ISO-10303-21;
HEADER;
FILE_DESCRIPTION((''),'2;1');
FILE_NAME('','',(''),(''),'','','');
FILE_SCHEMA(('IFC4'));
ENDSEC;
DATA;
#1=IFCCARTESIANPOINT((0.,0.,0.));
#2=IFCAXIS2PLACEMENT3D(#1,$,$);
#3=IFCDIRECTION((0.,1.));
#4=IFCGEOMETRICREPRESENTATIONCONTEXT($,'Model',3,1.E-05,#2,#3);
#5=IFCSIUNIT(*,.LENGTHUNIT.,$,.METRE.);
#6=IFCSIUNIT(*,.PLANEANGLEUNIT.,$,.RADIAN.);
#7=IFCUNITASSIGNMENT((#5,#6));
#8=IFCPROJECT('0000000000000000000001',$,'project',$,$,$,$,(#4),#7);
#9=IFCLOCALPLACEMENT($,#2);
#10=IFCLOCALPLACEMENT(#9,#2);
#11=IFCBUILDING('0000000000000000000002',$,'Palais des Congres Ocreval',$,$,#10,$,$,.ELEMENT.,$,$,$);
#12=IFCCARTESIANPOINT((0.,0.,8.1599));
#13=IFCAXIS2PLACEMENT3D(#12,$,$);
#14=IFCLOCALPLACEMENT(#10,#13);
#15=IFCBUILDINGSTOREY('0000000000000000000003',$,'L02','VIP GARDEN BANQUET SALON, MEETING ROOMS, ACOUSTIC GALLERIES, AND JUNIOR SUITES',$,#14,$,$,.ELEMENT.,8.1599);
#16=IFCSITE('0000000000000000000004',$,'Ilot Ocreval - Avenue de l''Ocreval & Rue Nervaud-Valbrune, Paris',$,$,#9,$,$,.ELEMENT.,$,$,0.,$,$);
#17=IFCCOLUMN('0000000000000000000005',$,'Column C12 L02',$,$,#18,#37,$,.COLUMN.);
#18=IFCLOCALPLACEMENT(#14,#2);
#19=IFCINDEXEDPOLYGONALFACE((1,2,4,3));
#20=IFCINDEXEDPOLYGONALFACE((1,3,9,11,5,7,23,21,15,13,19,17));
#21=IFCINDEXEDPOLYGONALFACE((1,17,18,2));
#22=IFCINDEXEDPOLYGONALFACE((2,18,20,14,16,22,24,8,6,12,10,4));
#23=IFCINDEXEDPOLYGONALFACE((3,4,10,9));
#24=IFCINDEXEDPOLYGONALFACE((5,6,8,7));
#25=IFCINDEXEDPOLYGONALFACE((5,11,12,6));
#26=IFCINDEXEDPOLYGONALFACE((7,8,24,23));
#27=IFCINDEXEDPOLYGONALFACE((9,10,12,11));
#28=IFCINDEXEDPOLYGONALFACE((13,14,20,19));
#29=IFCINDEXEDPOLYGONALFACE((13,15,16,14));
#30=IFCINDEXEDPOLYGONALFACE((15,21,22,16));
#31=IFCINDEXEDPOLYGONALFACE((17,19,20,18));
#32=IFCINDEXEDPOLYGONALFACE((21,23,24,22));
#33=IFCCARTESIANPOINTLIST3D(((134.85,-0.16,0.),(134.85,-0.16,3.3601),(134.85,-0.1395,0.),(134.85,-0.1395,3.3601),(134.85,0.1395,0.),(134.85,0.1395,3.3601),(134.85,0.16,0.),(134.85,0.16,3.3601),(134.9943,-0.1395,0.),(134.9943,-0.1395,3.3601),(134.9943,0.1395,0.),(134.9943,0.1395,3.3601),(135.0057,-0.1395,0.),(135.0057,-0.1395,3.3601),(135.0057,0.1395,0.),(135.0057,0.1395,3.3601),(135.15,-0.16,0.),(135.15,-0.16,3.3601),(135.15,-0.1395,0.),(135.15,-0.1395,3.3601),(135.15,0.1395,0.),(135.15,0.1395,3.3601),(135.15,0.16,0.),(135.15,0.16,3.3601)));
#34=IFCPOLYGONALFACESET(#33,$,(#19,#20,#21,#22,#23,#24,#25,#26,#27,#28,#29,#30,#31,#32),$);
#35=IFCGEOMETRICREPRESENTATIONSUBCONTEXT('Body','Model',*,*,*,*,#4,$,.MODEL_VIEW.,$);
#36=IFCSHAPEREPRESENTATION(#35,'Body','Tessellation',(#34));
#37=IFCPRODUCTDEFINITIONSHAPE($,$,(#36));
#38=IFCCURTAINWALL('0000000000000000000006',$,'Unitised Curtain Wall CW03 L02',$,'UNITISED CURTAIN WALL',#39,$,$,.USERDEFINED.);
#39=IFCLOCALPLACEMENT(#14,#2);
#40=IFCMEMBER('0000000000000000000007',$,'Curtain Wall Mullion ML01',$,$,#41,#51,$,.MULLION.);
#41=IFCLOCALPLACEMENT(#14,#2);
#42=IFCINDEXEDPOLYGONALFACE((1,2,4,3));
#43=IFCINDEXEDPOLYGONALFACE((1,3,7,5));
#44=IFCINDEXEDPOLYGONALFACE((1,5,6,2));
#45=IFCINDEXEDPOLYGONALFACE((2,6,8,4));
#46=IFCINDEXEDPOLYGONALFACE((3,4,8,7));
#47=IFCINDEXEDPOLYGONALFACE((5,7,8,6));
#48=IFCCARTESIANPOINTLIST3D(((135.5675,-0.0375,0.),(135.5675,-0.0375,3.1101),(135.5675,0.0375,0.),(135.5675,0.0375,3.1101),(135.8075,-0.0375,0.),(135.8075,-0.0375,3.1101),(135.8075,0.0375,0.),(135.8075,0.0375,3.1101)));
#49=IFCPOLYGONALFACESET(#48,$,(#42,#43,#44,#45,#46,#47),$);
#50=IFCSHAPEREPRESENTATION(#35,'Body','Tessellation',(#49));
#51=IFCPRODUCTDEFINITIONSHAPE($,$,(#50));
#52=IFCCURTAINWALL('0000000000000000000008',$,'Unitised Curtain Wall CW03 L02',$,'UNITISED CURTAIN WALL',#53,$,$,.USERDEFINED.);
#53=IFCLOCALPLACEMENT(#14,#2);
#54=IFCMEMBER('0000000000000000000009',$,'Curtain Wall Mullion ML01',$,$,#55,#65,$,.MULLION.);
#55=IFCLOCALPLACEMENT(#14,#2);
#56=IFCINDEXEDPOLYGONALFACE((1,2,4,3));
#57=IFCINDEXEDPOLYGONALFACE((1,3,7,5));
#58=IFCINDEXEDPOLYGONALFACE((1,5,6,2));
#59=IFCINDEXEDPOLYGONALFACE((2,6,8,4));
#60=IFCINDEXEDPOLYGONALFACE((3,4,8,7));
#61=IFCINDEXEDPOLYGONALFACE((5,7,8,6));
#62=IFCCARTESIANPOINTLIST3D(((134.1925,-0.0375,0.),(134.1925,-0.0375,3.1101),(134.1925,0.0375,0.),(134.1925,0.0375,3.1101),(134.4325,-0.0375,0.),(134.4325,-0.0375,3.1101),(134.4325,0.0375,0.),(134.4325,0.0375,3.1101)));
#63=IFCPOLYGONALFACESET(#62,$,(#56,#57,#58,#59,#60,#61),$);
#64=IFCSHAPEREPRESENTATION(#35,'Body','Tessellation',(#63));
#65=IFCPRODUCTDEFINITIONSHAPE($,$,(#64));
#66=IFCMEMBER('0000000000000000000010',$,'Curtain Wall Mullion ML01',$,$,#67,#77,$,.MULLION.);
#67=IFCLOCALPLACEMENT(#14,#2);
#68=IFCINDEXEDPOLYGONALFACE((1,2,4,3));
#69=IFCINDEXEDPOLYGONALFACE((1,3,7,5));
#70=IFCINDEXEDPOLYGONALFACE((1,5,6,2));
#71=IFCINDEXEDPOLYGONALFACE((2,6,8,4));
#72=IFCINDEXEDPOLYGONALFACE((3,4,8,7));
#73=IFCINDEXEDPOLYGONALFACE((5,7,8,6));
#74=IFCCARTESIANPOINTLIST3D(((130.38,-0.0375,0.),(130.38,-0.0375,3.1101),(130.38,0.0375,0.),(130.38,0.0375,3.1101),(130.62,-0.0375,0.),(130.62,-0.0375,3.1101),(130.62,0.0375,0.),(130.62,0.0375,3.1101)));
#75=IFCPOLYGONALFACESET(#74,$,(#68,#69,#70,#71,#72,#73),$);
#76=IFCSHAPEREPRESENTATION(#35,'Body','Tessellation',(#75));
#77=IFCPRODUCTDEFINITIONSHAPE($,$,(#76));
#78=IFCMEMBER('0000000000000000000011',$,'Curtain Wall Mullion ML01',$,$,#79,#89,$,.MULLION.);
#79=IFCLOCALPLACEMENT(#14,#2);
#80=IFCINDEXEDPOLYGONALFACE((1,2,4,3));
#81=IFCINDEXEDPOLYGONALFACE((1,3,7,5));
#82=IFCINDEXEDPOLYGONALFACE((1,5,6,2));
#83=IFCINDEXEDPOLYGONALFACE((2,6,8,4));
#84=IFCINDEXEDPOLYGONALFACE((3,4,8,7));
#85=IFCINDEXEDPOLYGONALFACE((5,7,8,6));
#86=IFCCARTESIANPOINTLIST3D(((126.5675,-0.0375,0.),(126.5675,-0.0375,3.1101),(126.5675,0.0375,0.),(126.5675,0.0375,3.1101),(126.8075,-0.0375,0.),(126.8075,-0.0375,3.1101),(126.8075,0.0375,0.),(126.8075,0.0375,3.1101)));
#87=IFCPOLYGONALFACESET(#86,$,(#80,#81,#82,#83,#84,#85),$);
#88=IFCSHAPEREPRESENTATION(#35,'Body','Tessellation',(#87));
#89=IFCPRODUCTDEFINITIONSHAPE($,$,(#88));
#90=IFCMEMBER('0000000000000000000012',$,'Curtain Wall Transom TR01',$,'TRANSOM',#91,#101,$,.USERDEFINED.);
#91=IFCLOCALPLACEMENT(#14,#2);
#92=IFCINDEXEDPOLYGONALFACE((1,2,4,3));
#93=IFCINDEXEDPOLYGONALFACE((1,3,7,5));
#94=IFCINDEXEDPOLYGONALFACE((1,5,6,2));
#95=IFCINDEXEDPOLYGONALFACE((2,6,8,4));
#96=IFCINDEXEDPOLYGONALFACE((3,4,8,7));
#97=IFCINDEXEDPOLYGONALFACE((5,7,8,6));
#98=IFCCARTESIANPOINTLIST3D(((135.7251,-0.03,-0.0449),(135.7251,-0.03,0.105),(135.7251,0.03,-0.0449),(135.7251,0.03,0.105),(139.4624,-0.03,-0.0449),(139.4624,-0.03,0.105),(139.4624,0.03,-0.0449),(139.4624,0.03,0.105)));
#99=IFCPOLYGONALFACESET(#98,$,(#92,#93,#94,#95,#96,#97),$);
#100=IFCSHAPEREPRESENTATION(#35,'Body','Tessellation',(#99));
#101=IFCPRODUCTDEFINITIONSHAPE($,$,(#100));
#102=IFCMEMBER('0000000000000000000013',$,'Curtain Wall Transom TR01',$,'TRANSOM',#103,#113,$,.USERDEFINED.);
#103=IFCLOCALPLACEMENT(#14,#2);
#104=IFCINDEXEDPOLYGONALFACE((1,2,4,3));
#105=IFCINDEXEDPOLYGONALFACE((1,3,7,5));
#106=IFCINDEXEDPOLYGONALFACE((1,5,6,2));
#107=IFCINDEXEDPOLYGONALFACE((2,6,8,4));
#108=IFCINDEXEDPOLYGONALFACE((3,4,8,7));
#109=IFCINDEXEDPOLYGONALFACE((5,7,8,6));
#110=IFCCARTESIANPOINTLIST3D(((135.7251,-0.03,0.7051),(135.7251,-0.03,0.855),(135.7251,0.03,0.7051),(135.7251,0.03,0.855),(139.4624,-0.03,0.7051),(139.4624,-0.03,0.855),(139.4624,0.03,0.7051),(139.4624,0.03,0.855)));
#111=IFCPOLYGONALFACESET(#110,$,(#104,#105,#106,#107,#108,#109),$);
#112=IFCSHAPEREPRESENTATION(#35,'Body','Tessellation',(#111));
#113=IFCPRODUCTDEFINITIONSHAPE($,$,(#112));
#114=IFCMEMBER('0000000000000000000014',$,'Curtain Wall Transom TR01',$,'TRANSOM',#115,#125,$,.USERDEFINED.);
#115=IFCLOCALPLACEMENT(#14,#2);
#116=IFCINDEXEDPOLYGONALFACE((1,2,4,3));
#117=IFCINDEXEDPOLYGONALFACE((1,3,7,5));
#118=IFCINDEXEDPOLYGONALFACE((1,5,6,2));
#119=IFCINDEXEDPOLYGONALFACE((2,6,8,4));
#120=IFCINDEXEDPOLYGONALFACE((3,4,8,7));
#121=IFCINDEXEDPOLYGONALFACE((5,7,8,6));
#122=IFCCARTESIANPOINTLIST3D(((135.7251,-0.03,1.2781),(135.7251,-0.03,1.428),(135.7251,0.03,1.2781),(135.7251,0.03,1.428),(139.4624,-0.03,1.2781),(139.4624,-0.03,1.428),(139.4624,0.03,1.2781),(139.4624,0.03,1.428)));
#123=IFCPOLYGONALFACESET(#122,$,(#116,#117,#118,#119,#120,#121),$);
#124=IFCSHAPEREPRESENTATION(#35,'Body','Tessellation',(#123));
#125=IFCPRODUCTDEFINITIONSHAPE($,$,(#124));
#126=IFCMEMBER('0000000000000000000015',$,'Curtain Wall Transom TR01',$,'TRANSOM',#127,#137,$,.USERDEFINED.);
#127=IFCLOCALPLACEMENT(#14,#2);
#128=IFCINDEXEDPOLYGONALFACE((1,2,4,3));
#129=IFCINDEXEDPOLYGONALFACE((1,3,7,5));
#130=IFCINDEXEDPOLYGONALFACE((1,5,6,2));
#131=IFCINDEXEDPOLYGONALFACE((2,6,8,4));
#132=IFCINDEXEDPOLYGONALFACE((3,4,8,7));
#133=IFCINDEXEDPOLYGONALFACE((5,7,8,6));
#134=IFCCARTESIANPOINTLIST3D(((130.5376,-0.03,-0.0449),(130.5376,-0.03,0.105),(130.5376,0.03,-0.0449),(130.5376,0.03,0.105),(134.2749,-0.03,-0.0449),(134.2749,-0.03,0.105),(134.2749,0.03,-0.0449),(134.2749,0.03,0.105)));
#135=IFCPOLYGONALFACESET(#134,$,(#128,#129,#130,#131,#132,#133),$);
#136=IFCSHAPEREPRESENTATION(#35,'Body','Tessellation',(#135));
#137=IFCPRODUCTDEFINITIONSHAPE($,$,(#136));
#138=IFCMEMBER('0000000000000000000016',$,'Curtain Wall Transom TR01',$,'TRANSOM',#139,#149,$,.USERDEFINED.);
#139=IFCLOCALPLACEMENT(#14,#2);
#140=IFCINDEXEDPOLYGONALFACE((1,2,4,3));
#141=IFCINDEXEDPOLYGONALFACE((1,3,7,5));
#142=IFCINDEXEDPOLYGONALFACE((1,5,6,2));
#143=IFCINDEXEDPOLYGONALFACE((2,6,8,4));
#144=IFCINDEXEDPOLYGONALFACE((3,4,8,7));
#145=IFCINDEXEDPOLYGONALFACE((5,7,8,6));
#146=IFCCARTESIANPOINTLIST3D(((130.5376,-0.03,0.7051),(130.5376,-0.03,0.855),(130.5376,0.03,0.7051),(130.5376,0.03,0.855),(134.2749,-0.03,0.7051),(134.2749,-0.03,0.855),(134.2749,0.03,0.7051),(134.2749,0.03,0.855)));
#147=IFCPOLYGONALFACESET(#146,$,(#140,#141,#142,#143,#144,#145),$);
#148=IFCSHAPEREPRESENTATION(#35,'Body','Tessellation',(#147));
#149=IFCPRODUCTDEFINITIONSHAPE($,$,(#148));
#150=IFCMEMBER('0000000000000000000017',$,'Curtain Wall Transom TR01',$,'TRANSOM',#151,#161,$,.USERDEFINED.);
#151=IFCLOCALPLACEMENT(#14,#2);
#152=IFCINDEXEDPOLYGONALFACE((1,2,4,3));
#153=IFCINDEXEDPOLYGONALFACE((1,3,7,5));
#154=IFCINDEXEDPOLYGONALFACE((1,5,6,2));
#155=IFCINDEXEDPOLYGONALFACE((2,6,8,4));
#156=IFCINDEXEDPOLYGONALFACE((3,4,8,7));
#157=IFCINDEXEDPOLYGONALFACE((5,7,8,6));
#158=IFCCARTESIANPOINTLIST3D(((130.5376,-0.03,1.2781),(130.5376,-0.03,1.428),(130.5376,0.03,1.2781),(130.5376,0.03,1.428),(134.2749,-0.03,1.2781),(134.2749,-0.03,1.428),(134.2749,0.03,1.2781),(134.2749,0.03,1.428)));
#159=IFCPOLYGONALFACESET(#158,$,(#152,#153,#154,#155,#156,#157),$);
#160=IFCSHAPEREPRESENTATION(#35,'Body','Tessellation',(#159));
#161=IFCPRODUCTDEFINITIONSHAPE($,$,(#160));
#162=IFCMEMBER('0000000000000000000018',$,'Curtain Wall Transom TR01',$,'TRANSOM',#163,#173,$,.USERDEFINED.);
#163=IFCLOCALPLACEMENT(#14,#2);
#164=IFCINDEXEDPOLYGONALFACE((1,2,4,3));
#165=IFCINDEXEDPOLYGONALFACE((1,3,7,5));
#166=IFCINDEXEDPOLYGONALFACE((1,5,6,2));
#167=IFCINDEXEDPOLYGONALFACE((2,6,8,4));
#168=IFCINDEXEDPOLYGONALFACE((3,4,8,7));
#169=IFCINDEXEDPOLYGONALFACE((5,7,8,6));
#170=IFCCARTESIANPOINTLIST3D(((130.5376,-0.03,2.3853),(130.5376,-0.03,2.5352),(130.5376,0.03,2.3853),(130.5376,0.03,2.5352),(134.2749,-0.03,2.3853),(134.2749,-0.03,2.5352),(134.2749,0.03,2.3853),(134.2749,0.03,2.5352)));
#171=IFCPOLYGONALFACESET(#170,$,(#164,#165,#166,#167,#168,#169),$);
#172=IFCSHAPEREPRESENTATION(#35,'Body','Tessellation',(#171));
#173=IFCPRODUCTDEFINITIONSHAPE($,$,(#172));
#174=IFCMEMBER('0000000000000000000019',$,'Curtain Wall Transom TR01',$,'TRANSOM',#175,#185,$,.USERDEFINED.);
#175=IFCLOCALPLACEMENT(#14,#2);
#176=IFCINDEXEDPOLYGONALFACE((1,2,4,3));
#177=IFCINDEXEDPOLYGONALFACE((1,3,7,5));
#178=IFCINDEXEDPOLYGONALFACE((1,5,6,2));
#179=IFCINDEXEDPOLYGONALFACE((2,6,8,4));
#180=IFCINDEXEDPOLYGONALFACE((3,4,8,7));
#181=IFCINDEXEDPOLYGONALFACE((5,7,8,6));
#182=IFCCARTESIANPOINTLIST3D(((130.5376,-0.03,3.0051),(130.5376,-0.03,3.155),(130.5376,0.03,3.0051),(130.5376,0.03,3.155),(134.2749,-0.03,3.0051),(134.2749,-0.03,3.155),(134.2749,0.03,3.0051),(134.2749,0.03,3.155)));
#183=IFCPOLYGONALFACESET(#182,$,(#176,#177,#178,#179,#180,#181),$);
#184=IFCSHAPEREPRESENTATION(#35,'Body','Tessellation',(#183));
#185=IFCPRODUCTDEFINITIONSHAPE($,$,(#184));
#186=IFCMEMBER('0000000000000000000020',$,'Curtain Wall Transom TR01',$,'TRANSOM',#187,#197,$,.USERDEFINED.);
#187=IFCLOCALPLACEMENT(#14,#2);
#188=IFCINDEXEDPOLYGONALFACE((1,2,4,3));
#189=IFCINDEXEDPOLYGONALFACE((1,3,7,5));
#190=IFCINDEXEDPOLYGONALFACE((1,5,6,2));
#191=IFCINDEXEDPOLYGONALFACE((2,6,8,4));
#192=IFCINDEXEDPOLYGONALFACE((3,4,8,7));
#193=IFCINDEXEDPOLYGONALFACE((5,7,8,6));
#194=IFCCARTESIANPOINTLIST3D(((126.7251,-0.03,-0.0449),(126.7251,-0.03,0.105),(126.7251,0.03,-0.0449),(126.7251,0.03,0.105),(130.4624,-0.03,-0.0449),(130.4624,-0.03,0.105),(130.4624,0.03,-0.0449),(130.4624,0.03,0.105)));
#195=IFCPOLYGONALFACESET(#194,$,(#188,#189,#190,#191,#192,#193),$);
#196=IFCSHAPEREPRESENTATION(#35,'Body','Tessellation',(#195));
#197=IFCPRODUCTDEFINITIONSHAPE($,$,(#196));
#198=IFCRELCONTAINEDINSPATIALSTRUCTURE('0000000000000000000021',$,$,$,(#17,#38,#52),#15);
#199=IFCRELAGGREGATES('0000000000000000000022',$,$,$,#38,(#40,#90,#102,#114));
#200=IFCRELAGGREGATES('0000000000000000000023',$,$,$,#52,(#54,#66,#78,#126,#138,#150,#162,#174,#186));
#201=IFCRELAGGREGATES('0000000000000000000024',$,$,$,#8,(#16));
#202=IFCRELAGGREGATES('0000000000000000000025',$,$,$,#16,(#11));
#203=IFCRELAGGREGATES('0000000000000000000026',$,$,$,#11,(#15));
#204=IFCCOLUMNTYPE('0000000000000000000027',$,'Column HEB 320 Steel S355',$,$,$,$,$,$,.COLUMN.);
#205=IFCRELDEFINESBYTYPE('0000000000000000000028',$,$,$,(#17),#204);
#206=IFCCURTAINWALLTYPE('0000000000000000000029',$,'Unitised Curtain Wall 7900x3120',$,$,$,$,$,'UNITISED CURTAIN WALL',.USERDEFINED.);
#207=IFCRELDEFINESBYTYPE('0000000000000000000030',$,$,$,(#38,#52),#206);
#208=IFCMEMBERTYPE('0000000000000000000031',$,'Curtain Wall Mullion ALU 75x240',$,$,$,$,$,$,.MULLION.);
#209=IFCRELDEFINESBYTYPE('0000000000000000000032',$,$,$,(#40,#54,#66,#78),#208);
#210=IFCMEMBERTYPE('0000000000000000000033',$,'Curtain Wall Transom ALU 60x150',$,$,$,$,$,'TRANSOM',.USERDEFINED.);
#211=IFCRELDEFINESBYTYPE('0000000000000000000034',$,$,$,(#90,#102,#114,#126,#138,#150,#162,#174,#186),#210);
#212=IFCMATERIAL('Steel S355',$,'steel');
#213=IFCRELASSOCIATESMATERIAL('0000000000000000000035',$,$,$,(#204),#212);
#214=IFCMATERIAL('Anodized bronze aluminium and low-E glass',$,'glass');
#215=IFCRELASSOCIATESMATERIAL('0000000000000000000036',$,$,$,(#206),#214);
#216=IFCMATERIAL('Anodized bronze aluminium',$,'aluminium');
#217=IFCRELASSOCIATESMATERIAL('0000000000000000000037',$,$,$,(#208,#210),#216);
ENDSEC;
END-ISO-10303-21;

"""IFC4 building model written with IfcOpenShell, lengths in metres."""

from ifc_helpers import new_model, si_unit, direction, frame, origin, origin_2d, place, context, subcontext, project, spatial, rectangle, i_section, extrude, material, material_profile, profile_set, type_object, element, aggregate, save


model = new_model("IFC4")

# Units and contexts
model_context = context("Model", 3, precision=1e-05, world=origin(), true_north=direction((0.0, 1.0)))
body_context = subcontext(model_context, "Body", "Model", "MODEL_VIEW")
ifc_project = project(units=[si_unit("LENGTHUNIT", "METRE"), si_unit("PLANEANGLEUNIT", "RADIAN")], contexts=[model_context])

# Site, building, storey
site_placement = place(None, origin())
site = spatial("IfcSite", under=ifc_project, at=site_placement, Name="Ilot Ocreval - Avenue de l'Ocreval & Rue Nervaud-Valbrune, Paris", CompositionType="ELEMENT", RefElevation=0.0)
building_placement = place(site_placement, origin())
building = spatial("IfcBuilding", under=site, at=building_placement, Name="Palais des Congres Ocreval", CompositionType="ELEMENT")
storey_placement = place(building_placement, frame((0.0, 0.0, 8.1599)))
storey = spatial("IfcBuildingStorey", under=building, at=storey_placement, Name="L02", Description="VIP GARDEN BANQUET SALON, MEETING ROOMS, ACOUSTIC GALLERIES, AND JUNIOR SUITES", CompositionType="ELEMENT", Elevation=8.1599)

# Column
ifc_material_1 = material(Name="Steel S355", Category="steel")
ifc_material_profile_1 = material_profile(ifc_material_1, i_section(OverallWidth=0.3, OverallDepth=0.3201, WebThickness=0.0115, FlangeThickness=0.0205, at=origin_2d()), Name="HEB 320")
ifc_profile_set_1 = profile_set([ifc_material_profile_1], Name="Steel S355")
column_type = type_object("IfcColumnType", Name="Column HEB 320 Steel S355", PredefinedType="COLUMN", material=ifc_profile_set_1)
column_placement = place(storey_placement, frame((135.0, 0.0, 0.0), z_axis=(0.0, 0.0, 1.0), x_axis=(1.0, 0.0, 0.0)))
element("IfcColumn", 1, at=column_placement, inside=storey, type_object=column_type, Name="Column C12 L02", PredefinedType="COLUMN", context=body_context, shape_type="SweptSolid", body=[
    extrude(i_section(OverallWidth=0.3, OverallDepth=0.3201, WebThickness=0.0115, FlangeThickness=0.0205, at=origin_2d()), origin(), (0.0, 0.0, 1.0), 3.3601),
])

# Curtain wall, member
ifc_material_2 = material(Name="Anodized bronze aluminium and low-E glass", Category="glass")
curtain_wall_type = type_object("IfcCurtainWallType", Name="Unitised Curtain Wall 7900x3120", ElementType="UNITISED CURTAIN WALL", PredefinedType="USERDEFINED", material=ifc_material_2)
curtain_wall_1_placement = place(storey_placement, origin())
curtain_wall_1 = element("IfcCurtainWall", 2, at=curtain_wall_1_placement, inside=storey, type_object=curtain_wall_type, Name="Unitised Curtain Wall CW03 L02", ObjectType="UNITISED CURTAIN WALL", PredefinedType="USERDEFINED")
ifc_material_3 = material(Name="Anodized bronze aluminium", Category="aluminium")
ifc_material_profile_2 = material_profile(ifc_material_3, rectangle(XDim=0.075, YDim=0.24, at=origin_2d()), Name="ALU 75x240")
ifc_profile_set_2 = profile_set([ifc_material_profile_2], Name="Anodized bronze aluminium")
member_type_1 = type_object("IfcMemberType", Name="Curtain Wall Mullion ALU 75x240", PredefinedType="MULLION", material=ifc_profile_set_2)
member_1_placement = place(storey_placement, frame((135.6875, 0.0, 0.0), z_axis=(0.0, 0.0, 1.0), x_axis=(0.0, -1.0, 0.0)))
member_1 = element("IfcMember", 3, at=member_1_placement, type_object=member_type_1, Name="Curtain Wall Mullion ML01", PredefinedType="MULLION", context=body_context, shape_type="SweptSolid", body=[
    extrude(rectangle(XDim=0.075, YDim=0.24, at=origin_2d()), origin(), (0.0, 0.0, 1.0), 3.1101),
])

# Curtain wall, members
curtain_wall_2_placement = place(storey_placement, origin())
curtain_wall_2 = element("IfcCurtainWall", 4, at=curtain_wall_2_placement, inside=storey, type_object=curtain_wall_type, Name="Unitised Curtain Wall CW03 L02", ObjectType="UNITISED CURTAIN WALL", PredefinedType="USERDEFINED")
member_2_placement = place(storey_placement, frame((134.3125, 0.0, 0.0), z_axis=(0.0, 0.0, 1.0), x_axis=(0.0, -1.0, 0.0)))
member_2 = element("IfcMember", 5, at=member_2_placement, type_object=member_type_1, Name="Curtain Wall Mullion ML01", PredefinedType="MULLION", context=body_context, shape_type="SweptSolid", body=[
    extrude(rectangle(XDim=0.075, YDim=0.24, at=origin_2d()), origin(), (0.0, 0.0, 1.0), 3.1101),
])
member_3_placement = place(storey_placement, frame((130.5, 0.0, 0.0), z_axis=(0.0, 0.0, 1.0), x_axis=(0.0, -1.0, 0.0)))
member_3 = element("IfcMember", 6, at=member_3_placement, type_object=member_type_1, Name="Curtain Wall Mullion ML01", PredefinedType="MULLION", context=body_context, shape_type="SweptSolid", body=[
    extrude(rectangle(XDim=0.075, YDim=0.24, at=origin_2d()), origin(), (0.0, 0.0, 1.0), 3.1101),
])
member_4_placement = place(storey_placement, frame((126.6875, 0.0, 0.0), z_axis=(0.0, 0.0, 1.0), x_axis=(0.0, -1.0, 0.0)))
member_4 = element("IfcMember", 7, at=member_4_placement, type_object=member_type_1, Name="Curtain Wall Mullion ML01", PredefinedType="MULLION", context=body_context, shape_type="SweptSolid", body=[
    extrude(rectangle(XDim=0.075, YDim=0.24, at=origin_2d()), origin(), (0.0, 0.0, 1.0), 3.1101),
])

# Members
ifc_material_profile_3 = material_profile(ifc_material_3, rectangle(XDim=0.0601, YDim=0.1499, at=origin_2d()), Name="ALU 60x150")
ifc_profile_set_3 = profile_set([ifc_material_profile_3], Name="Anodized bronze aluminium")
member_type_2 = type_object("IfcMemberType", Name="Curtain Wall Transom ALU 60x150", ElementType="TRANSOM", PredefinedType="USERDEFINED", material=ifc_profile_set_3)
member_5_placement = place(storey_placement, frame((139.4624, 0.0, 0.03), z_axis=(-1.0, 0.0, 0.0), x_axis=(0.0, -1.0, 0.0)))
member_5 = element("IfcMember", 8, at=member_5_placement, type_object=member_type_2, Name="Curtain Wall Transom TR01", ObjectType="TRANSOM", PredefinedType="USERDEFINED", context=body_context, shape_type="SweptSolid", body=[
    extrude(rectangle(XDim=0.0601, YDim=0.1499, at=origin_2d()), origin(), (0.0, 0.0, 1.0), 3.7373),
])
member_6_placement = place(storey_placement, frame((139.4624, 0.0, 0.78), z_axis=(-1.0, 0.0, 0.0), x_axis=(0.0, -1.0, 0.0)))
member_6 = element("IfcMember", 9, at=member_6_placement, type_object=member_type_2, Name="Curtain Wall Transom TR01", ObjectType="TRANSOM", PredefinedType="USERDEFINED", context=body_context, shape_type="SweptSolid", body=[
    extrude(rectangle(XDim=0.0601, YDim=0.1499, at=origin_2d()), origin(), (0.0, 0.0, 1.0), 3.7373),
])
member_7_placement = place(storey_placement, frame((139.4624, 0.0, 1.353), z_axis=(-1.0, 0.0, 0.0), x_axis=(0.0, -1.0, 0.0)))
member_7 = element("IfcMember", 10, at=member_7_placement, type_object=member_type_2, Name="Curtain Wall Transom TR01", ObjectType="TRANSOM", PredefinedType="USERDEFINED", context=body_context, shape_type="SweptSolid", body=[
    extrude(rectangle(XDim=0.0601, YDim=0.1499, at=origin_2d()), origin(), (0.0, 0.0, 1.0), 3.7373),
])
member_8_placement = place(storey_placement, frame((134.2749, 0.0, 0.03), z_axis=(-1.0, 0.0, 0.0), x_axis=(0.0, -1.0, 0.0)))
member_8 = element("IfcMember", 11, at=member_8_placement, type_object=member_type_2, Name="Curtain Wall Transom TR01", ObjectType="TRANSOM", PredefinedType="USERDEFINED", context=body_context, shape_type="SweptSolid", body=[
    extrude(rectangle(XDim=0.0601, YDim=0.1499, at=origin_2d()), origin(), (0.0, 0.0, 1.0), 3.7373),
])
member_9_placement = place(storey_placement, frame((134.2749, 0.0, 0.78), z_axis=(-1.0, 0.0, 0.0), x_axis=(0.0, -1.0, 0.0)))
member_9 = element("IfcMember", 12, at=member_9_placement, type_object=member_type_2, Name="Curtain Wall Transom TR01", ObjectType="TRANSOM", PredefinedType="USERDEFINED", context=body_context, shape_type="SweptSolid", body=[
    extrude(rectangle(XDim=0.0601, YDim=0.1499, at=origin_2d()), origin(), (0.0, 0.0, 1.0), 3.7373),
])
member_10_placement = place(storey_placement, frame((134.2749, 0.0, 1.353), z_axis=(-1.0, 0.0, 0.0), x_axis=(0.0, -1.0, 0.0)))
member_10 = element("IfcMember", 13, at=member_10_placement, type_object=member_type_2, Name="Curtain Wall Transom TR01", ObjectType="TRANSOM", PredefinedType="USERDEFINED", context=body_context, shape_type="SweptSolid", body=[
    extrude(rectangle(XDim=0.0601, YDim=0.1499, at=origin_2d()), origin(), (0.0, 0.0, 1.0), 3.7373),
])
member_11_placement = place(storey_placement, frame((134.2749, 0.0, 2.4602), z_axis=(-1.0, 0.0, 0.0), x_axis=(0.0, -1.0, 0.0)))
member_11 = element("IfcMember", 14, at=member_11_placement, type_object=member_type_2, Name="Curtain Wall Transom TR01", ObjectType="TRANSOM", PredefinedType="USERDEFINED", context=body_context, shape_type="SweptSolid", body=[
    extrude(rectangle(XDim=0.0601, YDim=0.1499, at=origin_2d()), origin(), (0.0, 0.0, 1.0), 3.7373),
])
member_12_placement = place(storey_placement, frame((134.2749, 0.0, 3.0801), z_axis=(-1.0, 0.0, 0.0), x_axis=(0.0, -1.0, 0.0)))
member_12 = element("IfcMember", 15, at=member_12_placement, type_object=member_type_2, Name="Curtain Wall Transom TR01", ObjectType="TRANSOM", PredefinedType="USERDEFINED", context=body_context, shape_type="SweptSolid", body=[
    extrude(rectangle(XDim=0.0601, YDim=0.1499, at=origin_2d()), origin(), (0.0, 0.0, 1.0), 3.7373),
])
member_13_placement = place(storey_placement, frame((130.4624, 0.0, 0.03), z_axis=(-1.0, 0.0, 0.0), x_axis=(0.0, -1.0, 0.0)))
member_13 = element("IfcMember", 16, at=member_13_placement, type_object=member_type_2, Name="Curtain Wall Transom TR01", ObjectType="TRANSOM", PredefinedType="USERDEFINED", context=body_context, shape_type="SweptSolid", body=[
    extrude(rectangle(XDim=0.0601, YDim=0.1499, at=origin_2d()), origin(), (0.0, 0.0, 1.0), 3.7373),
])

aggregate(curtain_wall_1, [member_1, member_5, member_6, member_7])
aggregate(curtain_wall_2, [member_2, member_3, member_4, member_8, member_9, member_10, member_11, member_12, member_13])

save(model, "model.ifc")
